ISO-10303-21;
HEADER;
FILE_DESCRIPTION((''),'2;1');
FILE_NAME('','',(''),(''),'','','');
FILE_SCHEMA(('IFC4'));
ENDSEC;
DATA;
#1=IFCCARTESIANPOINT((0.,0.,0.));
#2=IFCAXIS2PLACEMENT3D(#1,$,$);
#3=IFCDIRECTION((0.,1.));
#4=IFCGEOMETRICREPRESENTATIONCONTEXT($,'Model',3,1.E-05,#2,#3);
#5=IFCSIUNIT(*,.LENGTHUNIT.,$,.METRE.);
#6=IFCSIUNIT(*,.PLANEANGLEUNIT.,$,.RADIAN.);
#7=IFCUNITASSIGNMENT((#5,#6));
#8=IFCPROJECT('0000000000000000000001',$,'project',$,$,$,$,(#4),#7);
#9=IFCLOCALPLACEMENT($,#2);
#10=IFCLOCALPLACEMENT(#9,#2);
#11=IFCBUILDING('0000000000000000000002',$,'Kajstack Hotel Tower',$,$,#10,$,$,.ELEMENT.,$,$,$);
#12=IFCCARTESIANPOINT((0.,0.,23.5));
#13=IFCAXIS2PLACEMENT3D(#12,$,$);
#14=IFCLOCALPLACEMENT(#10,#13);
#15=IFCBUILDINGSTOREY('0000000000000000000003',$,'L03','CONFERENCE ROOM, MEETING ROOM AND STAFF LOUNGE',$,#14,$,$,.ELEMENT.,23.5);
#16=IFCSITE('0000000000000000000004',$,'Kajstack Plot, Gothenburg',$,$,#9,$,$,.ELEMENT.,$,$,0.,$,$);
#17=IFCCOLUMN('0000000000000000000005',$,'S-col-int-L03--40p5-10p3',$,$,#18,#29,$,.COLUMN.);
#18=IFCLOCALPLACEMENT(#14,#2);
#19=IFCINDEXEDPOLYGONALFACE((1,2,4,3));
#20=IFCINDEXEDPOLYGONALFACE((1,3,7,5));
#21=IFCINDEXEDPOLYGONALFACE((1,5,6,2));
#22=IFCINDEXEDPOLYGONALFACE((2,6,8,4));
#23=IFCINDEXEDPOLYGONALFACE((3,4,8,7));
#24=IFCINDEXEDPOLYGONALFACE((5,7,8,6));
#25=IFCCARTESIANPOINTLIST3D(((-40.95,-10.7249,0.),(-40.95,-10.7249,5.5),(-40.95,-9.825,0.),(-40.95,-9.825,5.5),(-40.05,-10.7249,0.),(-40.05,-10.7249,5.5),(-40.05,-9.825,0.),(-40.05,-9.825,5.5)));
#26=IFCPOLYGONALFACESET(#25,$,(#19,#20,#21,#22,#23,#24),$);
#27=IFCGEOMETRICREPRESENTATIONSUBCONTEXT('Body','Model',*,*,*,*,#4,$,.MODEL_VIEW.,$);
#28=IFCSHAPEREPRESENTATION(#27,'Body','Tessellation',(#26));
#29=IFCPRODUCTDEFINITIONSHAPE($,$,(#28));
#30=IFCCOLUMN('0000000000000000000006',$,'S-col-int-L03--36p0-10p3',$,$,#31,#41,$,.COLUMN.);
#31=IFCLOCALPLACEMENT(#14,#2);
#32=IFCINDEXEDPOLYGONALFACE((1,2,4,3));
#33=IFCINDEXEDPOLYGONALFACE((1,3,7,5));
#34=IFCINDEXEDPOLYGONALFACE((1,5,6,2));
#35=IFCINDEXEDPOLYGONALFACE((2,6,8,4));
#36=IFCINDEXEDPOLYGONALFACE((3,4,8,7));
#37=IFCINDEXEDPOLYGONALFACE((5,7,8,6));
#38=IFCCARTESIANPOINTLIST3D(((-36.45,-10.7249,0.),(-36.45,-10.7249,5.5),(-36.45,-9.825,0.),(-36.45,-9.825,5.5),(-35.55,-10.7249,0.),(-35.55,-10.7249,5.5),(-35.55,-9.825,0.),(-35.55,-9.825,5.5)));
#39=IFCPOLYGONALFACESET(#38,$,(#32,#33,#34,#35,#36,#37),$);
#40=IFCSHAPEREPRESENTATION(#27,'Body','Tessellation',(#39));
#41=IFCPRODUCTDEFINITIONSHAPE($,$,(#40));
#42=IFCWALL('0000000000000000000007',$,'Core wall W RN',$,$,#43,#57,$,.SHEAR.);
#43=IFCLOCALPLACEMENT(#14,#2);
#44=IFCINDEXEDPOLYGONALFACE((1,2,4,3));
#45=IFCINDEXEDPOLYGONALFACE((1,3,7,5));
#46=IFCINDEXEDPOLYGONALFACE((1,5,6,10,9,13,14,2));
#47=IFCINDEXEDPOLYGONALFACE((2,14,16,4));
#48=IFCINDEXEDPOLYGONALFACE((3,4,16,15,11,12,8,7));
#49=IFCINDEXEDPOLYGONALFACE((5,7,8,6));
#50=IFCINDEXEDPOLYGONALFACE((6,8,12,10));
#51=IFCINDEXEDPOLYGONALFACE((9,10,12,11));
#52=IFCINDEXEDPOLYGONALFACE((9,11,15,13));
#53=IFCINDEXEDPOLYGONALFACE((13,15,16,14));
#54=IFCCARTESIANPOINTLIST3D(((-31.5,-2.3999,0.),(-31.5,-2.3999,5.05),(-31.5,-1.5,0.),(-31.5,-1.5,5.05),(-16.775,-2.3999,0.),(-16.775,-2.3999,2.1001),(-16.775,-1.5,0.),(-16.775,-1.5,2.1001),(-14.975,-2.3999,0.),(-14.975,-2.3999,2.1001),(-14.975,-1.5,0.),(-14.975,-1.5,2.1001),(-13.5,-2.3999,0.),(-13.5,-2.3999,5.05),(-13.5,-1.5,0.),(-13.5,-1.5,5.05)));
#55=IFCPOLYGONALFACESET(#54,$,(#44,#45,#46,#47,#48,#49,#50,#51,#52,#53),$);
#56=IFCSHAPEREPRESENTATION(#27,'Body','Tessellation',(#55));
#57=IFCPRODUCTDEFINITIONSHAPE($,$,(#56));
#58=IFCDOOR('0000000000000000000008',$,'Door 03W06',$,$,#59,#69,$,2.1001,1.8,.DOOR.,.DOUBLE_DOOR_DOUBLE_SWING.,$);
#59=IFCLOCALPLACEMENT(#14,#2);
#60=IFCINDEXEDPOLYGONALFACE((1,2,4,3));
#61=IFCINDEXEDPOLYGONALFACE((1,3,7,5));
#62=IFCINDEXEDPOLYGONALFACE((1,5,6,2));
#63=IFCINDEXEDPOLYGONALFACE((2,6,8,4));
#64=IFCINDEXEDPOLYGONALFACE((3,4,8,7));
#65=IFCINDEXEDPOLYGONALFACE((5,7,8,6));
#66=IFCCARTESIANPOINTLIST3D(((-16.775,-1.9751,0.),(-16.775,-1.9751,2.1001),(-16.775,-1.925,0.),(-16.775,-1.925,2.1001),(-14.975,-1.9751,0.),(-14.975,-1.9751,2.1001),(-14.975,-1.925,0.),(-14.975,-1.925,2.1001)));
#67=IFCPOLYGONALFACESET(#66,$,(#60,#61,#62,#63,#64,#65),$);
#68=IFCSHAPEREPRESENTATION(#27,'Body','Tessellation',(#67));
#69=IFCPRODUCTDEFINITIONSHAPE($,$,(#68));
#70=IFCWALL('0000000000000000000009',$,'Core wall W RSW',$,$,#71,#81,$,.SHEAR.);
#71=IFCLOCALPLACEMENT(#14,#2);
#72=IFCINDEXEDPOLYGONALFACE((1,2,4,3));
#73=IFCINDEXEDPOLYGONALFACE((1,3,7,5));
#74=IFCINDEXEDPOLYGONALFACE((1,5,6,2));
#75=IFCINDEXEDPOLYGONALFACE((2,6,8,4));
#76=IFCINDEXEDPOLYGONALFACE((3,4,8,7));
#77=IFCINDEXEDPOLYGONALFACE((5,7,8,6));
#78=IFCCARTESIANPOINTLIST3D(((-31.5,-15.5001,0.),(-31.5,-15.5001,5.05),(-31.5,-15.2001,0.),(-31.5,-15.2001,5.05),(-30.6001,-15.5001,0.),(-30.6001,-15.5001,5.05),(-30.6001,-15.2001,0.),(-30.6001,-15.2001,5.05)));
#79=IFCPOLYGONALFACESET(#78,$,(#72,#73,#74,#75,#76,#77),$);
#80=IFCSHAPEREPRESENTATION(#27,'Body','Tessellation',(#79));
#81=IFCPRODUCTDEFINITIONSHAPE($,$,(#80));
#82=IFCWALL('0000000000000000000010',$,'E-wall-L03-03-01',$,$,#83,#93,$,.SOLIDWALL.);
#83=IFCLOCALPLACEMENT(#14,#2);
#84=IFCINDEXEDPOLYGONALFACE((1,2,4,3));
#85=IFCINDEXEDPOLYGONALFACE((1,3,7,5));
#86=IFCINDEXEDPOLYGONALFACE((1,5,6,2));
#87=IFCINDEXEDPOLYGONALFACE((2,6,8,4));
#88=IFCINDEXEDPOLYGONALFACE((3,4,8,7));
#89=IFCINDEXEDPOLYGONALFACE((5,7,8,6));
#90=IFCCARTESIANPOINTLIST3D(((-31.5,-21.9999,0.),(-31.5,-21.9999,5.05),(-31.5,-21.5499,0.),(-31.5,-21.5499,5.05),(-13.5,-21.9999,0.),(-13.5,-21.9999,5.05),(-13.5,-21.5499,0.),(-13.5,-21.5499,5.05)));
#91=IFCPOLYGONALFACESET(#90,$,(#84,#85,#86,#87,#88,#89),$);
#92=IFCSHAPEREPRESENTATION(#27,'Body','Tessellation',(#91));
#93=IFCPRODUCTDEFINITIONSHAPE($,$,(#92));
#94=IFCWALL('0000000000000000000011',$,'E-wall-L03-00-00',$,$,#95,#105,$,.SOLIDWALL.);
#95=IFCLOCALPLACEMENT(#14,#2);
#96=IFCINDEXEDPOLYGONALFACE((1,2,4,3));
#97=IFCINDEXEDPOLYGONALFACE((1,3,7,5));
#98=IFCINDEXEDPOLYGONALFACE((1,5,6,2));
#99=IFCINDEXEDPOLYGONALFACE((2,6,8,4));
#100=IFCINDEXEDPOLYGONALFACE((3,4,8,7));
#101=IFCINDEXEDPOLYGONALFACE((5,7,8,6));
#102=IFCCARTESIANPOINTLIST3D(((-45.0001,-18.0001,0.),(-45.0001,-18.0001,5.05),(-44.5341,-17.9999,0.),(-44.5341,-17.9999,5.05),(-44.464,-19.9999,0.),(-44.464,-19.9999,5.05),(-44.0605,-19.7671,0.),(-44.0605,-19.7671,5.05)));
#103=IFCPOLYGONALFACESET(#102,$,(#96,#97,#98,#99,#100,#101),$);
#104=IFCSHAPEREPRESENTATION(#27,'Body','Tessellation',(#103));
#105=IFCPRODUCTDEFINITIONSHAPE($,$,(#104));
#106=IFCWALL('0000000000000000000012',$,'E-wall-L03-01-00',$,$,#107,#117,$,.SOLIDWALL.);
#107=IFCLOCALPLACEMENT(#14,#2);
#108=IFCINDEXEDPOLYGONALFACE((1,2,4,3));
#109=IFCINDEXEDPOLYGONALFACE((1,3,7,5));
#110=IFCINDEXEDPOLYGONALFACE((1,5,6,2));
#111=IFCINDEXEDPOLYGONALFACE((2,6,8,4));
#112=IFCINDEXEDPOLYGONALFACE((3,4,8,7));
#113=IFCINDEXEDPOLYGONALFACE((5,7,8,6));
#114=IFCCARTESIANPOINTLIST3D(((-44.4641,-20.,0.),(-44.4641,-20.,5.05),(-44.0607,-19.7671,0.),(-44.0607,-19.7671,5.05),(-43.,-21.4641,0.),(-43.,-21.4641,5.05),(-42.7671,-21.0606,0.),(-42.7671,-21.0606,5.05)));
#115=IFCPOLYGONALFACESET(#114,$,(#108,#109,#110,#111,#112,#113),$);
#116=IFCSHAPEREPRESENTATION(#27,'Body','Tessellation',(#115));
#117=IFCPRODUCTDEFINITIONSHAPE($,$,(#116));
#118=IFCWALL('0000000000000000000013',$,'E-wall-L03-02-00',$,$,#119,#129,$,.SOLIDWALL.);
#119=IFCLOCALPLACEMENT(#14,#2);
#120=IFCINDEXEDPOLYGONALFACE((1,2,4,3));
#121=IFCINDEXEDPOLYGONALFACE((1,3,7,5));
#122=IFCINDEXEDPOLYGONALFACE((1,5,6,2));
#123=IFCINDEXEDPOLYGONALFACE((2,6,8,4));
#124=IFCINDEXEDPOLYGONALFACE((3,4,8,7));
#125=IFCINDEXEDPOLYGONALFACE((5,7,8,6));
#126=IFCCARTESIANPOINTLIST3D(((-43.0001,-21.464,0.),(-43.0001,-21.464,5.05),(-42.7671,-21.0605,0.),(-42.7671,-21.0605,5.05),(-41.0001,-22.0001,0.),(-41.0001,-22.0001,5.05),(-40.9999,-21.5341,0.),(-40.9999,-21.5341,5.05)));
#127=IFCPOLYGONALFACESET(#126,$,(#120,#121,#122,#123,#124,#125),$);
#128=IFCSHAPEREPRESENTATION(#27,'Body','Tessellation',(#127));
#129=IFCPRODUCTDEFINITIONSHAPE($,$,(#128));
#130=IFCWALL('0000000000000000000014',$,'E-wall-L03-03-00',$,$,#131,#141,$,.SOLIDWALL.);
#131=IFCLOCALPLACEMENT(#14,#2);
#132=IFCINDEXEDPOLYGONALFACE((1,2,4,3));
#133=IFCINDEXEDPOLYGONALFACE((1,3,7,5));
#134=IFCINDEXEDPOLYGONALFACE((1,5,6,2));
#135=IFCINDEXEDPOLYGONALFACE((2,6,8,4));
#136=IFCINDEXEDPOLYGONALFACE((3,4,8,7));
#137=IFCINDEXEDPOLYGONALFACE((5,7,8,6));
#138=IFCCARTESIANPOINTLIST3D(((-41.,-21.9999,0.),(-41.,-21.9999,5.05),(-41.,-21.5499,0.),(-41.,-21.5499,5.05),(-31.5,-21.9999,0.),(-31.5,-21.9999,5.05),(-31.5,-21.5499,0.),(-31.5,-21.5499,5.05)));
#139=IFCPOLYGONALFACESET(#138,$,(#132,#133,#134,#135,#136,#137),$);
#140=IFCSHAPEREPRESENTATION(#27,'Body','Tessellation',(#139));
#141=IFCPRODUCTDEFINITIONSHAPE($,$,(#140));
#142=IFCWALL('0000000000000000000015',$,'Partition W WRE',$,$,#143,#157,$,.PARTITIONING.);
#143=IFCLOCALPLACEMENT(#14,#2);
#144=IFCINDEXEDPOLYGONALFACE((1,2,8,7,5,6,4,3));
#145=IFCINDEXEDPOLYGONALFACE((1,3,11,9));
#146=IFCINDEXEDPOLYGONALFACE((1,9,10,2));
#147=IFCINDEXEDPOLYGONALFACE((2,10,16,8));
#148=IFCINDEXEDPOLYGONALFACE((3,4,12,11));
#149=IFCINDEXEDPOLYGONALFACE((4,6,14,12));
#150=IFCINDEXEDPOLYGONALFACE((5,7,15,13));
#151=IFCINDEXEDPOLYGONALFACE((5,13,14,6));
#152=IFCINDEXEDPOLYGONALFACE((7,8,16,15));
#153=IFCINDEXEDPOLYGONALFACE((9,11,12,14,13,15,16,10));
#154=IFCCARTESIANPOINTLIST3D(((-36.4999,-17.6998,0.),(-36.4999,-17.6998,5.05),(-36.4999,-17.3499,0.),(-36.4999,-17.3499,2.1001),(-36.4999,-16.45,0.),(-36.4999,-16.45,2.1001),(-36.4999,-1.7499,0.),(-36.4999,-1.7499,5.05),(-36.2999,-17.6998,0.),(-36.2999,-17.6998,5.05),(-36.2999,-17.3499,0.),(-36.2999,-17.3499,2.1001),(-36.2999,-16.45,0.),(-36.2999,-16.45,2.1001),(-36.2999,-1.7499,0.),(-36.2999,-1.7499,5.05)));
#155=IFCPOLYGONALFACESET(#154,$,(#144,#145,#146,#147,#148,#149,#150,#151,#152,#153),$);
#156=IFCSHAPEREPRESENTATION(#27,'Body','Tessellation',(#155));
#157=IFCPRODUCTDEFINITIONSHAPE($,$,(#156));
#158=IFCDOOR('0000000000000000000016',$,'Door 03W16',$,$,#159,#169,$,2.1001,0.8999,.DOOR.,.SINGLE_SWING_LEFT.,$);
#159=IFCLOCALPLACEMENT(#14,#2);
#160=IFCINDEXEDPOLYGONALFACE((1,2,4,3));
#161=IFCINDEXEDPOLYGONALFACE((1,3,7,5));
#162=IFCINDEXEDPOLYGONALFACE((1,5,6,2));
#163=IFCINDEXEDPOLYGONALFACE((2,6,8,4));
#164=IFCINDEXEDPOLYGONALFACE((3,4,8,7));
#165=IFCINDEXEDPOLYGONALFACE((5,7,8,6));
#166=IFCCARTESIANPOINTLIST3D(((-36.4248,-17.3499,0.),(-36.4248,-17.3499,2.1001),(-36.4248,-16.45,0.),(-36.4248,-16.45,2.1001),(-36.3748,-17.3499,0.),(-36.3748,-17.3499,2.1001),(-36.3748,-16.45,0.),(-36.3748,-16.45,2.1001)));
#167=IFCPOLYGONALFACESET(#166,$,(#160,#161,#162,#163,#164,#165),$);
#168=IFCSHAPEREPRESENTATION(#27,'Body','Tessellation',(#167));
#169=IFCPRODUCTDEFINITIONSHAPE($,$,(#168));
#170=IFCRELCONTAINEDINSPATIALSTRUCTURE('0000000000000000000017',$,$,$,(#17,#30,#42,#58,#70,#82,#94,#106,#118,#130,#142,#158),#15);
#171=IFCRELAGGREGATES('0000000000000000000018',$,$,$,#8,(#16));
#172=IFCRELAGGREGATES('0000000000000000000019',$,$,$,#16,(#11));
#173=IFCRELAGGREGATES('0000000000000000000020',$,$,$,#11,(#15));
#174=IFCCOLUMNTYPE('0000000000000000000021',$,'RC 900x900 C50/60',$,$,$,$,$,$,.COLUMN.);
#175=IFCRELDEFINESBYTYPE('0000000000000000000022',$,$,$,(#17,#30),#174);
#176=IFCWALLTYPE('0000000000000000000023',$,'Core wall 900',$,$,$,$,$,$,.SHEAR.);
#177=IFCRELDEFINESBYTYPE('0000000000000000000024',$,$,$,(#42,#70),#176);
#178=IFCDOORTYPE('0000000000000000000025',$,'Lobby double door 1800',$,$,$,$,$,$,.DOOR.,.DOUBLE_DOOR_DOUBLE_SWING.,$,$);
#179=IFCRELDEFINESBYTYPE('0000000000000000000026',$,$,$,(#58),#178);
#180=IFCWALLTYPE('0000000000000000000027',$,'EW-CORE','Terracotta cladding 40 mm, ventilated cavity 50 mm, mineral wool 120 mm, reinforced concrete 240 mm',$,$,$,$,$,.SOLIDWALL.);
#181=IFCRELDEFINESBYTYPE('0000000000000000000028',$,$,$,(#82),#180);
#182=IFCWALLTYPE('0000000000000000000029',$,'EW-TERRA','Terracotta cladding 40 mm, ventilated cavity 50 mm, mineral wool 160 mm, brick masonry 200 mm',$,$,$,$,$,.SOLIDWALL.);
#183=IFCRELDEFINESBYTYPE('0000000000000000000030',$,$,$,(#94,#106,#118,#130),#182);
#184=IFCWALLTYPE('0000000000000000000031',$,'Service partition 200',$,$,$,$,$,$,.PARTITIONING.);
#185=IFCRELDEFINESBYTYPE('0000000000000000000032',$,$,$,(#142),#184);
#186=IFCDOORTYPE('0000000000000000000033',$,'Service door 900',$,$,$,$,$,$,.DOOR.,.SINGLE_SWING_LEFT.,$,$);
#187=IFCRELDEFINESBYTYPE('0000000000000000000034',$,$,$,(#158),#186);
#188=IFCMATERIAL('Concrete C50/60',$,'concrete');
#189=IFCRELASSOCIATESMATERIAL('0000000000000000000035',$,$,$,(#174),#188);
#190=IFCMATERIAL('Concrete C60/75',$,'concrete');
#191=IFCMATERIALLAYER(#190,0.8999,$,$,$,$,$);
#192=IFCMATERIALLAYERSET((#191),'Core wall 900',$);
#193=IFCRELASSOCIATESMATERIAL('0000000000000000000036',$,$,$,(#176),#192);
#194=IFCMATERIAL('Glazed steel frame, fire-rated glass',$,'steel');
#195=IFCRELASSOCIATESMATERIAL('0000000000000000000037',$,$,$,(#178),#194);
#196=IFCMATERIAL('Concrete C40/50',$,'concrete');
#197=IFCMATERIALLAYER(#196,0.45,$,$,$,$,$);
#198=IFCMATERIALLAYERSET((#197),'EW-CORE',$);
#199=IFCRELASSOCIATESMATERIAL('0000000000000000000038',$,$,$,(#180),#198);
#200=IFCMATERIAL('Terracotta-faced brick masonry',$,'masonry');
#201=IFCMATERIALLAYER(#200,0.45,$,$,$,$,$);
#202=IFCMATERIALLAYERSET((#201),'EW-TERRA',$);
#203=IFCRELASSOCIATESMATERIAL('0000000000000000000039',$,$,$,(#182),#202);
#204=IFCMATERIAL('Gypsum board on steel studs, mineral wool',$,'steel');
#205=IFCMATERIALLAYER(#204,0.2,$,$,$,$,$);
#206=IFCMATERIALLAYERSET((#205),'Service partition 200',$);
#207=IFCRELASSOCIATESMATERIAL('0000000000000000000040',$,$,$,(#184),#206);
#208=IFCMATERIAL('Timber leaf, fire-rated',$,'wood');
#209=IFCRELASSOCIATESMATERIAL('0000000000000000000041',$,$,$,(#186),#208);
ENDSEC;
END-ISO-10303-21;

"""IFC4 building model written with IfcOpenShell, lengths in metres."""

from ifc_helpers import new_model, si_unit, direction, frame, frame_2d, origin, origin_2d, place, context, subcontext, project, spatial, polyline, rectangle, outline, extrude, material, layer, layer_set, material_profile, profile_set, type_object, element, fill, save


model = new_model("IFC4")

# Units and contexts
model_context = context("Model", 3, precision=1e-05, world=origin(), true_north=direction((0.0, 1.0)))
body_context = subcontext(model_context, "Body", "Model", "MODEL_VIEW")
ifc_project = project(units=[si_unit("LENGTHUNIT", "METRE"), si_unit("PLANEANGLEUNIT", "RADIAN")], contexts=[model_context])

# Site, building, storey
site_placement = place(None, origin())
site = spatial("IfcSite", under=ifc_project, at=site_placement, Name="Kajstack Plot, Gothenburg", CompositionType="ELEMENT", RefElevation=0.0)
building_placement = place(site_placement, origin())
building = spatial("IfcBuilding", under=site, at=building_placement, Name="Kajstack Hotel Tower", CompositionType="ELEMENT")
storey_placement = place(building_placement, frame((0.0, 0.0, 23.5)))
storey = spatial("IfcBuildingStorey", under=building, at=storey_placement, Name="L03", Description="CONFERENCE ROOM, MEETING ROOM AND STAFF LOUNGE", CompositionType="ELEMENT", Elevation=23.5)

# Columns
ifc_material_1 = material(Name="Concrete C50/60", Category="concrete")
ifc_material_profile = material_profile(ifc_material_1, rectangle(XDim=0.8999, YDim=0.8999, at=origin_2d()), Name="RC 900x900")
ifc_profile_set = profile_set([ifc_material_profile], Name="Concrete C50/60")
column_type = type_object("IfcColumnType", Name="RC 900x900 C50/60", PredefinedType="COLUMN", material=ifc_profile_set)
for number, where, z_axis, x_axis, name in (
    (1, (-40.5, -10.2749, 0.0), (0.0, 0.0, 1.0), (1.0, 0.0, 0.0), "S-col-int-L03--40p5-10p3"),
    (2, (-36.0, -10.2749, 0.0), (0.0, 0.0, 1.0), (1.0, 0.0, 0.0), "S-col-int-L03--36p0-10p3"),
):
    element("IfcColumn", number, at=place(storey_placement, frame(where, z_axis=z_axis, x_axis=x_axis)), inside=storey, type_object=column_type, Name=name, PredefinedType="COLUMN", context=body_context, shape_type="SweptSolid", body=[
        extrude(rectangle(XDim=0.8999, YDim=0.8999, at=origin_2d()), origin(), (0.0, 0.0, 1.0), 5.5),
    ])

# Wall, opening, door
ifc_material_2 = material(Name="Concrete C60/75", Category="concrete")
ifc_layer_1 = layer(ifc_material_2, 0.8999)
ifc_layer_set_1 = layer_set([ifc_layer_1], Name="Core wall 900")
wall_type_1 = type_object("IfcWallType", Name="Core wall 900", PredefinedType="SHEAR", material=ifc_layer_set_1)
wall_1_placement = place(storey_placement, frame((-31.5, -1.95, 0.0), z_axis=(0.0, 0.0, 1.0), x_axis=(1.0, 0.0, 0.0)))
wall_1 = element("IfcWall", 3, at=wall_1_placement, inside=storey, type_object=wall_type_1, Name="Core wall W RN", PredefinedType="SHEAR", context=body_context, shape_type="SweptSolid", body=[
    extrude(rectangle(XDim=18.0, YDim=0.8999, at=frame_2d((9.0, 0.0))), origin(), (0.0, 0.0, 1.0), 5.05),
])
opening_1_placement = place(wall_1_placement, frame((14.7251, 0.0, 0.0)))
opening_1 = element("IfcOpeningElement", 4, at=opening_1_placement, cuts=wall_1, PredefinedType="OPENING", context=body_context, shape_type="SweptSolid", body=[
    extrude(rectangle(XDim=1.8, YDim=2.1001, at=frame_2d((0.8999, 1.05))), frame((0.0, 0.46, 0.0), z_axis=(0.0, -1.0, 0.0), x_axis=(1.0, 0.0, 0.0)), (0.0, 0.0, 1.0), 0.9199),
])
ifc_material_3 = material(Name="Glazed steel frame, fire-rated glass", Category="steel")
door_type_1 = type_object("IfcDoorType", Name="Lobby double door 1800", OperationType="DOUBLE_DOOR_DOUBLE_SWING", PredefinedType="DOOR", material=ifc_material_3)
door_1_placement = place(opening_1_placement, origin())
door_1 = element("IfcDoor", 5, at=door_1_placement, inside=storey, type_object=door_type_1, Name="Door 03W06", OperationType="DOUBLE_DOOR_DOUBLE_SWING", OverallHeight=2.1001, OverallWidth=1.8, PredefinedType="DOOR", context=body_context, shape_type="SweptSolid", body=[
    extrude(rectangle(XDim=1.8, YDim=2.1001, at=frame_2d((0.8999, 1.05))), frame((0.0, 0.0249, 0.0), z_axis=(0.0, -1.0, 0.0), x_axis=(1.0, 0.0, 0.0)), (0.0, 0.0, 1.0), 0.05),
])
fill(opening_1, door_1)

# Walls
wall_2_placement = place(storey_placement, frame((-31.5, -15.3501, 0.0), z_axis=(0.0, 0.0, 1.0), x_axis=(1.0, 0.0, 0.0)))
element("IfcWall", 6, at=wall_2_placement, inside=storey, type_object=wall_type_1, Name="Core wall W RSW", PredefinedType="SHEAR", context=body_context, shape_type="SweptSolid", body=[
    extrude(rectangle(XDim=0.8999, YDim=0.3, at=frame_2d((0.45, 0.0))), origin(), (0.0, 0.0, 1.0), 5.05),
])
ifc_material_4 = material(Name="Concrete C40/50", Category="concrete")
ifc_layer_2 = layer(ifc_material_4, 0.45)
ifc_layer_set_2 = layer_set([ifc_layer_2], Name="EW-CORE")
wall_type_2 = type_object("IfcWallType", Name="EW-CORE", Description="Terracotta cladding 40 mm, ventilated cavity 50 mm, mineral wool 120 mm, reinforced concrete 240 mm", PredefinedType="SOLIDWALL", material=ifc_layer_set_2)
wall_3_placement = place(storey_placement, frame((-31.5, -21.7749, 0.0), z_axis=(0.0, 0.0, 1.0), x_axis=(1.0, 0.0, 0.0)))
element("IfcWall", 7, at=wall_3_placement, inside=storey, type_object=wall_type_2, Name="E-wall-L03-03-01", PredefinedType="SOLIDWALL", context=body_context, shape_type="SweptSolid", body=[
    extrude(rectangle(XDim=18.0, YDim=0.45, at=frame_2d((9.0, 0.0))), origin(), (0.0, 0.0, 1.0), 5.05),
])
ifc_material_5 = material(Name="Terracotta-faced brick masonry", Category="masonry")
ifc_layer_3 = layer(ifc_material_5, 0.45)
ifc_layer_set_3 = layer_set([ifc_layer_3], Name="EW-TERRA")
wall_type_3 = type_object("IfcWallType", Name="EW-TERRA", Description="Terracotta cladding 40 mm, ventilated cavity 50 mm, mineral wool 160 mm, brick masonry 200 mm", PredefinedType="SOLIDWALL", material=ifc_layer_set_3)
wall_4_placement = place(storey_placement, frame((-44.7827, -17.9417, 0.0), z_axis=(0.0, 0.0, 1.0), x_axis=(0.258815, -0.965927, 0.0)))
element("IfcWall", 8, at=wall_4_placement, inside=storey, type_object=wall_type_3, Name="E-wall-L03-00-00", PredefinedType="SOLIDWALL", context=body_context, shape_type="SweptSolid", body=[
    extrude(outline(polyline([(0.0002, -0.2251), (2.0706, -0.2249), (1.9502, 0.2251), (0.1206, 0.2251), (0.0002, -0.2251)])), origin(), (0.0, 0.0, 1.0), 5.05),
])
wall_5_placement = place(storey_placement, frame((-44.3049, -19.8408, 0.0), z_axis=(0.0, 0.0, 1.0), x_axis=(0.707107, -0.707107, 0.0)))
element("IfcWall", 9, at=wall_5_placement, inside=storey, type_object=wall_type_3, Name="E-wall-L03-01-00", PredefinedType="SOLIDWALL", context=body_context, shape_type="SweptSolid", body=[
    extrude(outline(polyline([(0.0, -0.2251), (2.0706, -0.2251), (1.95, 0.2249), (0.1206, 0.2249), (0.0, -0.2251)])), origin(), (0.0, 0.0, 1.0), 5.05),
])
wall_6_placement = place(storey_placement, frame((-42.9417, -21.2468, 0.0), z_axis=(0.0, 0.0, 1.0), x_axis=(0.965927, -0.258815, 0.0)))
element("IfcWall", 10, at=wall_6_placement, inside=storey, type_object=wall_type_3, Name="E-wall-L03-02-00", PredefinedType="SOLIDWALL", context=body_context, shape_type="SweptSolid", body=[
    extrude(outline(polyline([(-0.0002, -0.2249), (2.0703, -0.2251), (1.95, 0.2251), (0.1204, 0.2251), (-0.0002, -0.2249)])), origin(), (0.0, 0.0, 1.0), 5.05),
])
wall_7_placement = place(storey_placement, frame((-41.0, -21.7749, 0.0), z_axis=(0.0, 0.0, 1.0), x_axis=(1.0, 0.0, 0.0)))
element("IfcWall", 11, at=wall_7_placement, inside=storey, type_object=wall_type_3, Name="E-wall-L03-03-00", PredefinedType="SOLIDWALL", context=body_context, shape_type="SweptSolid", body=[
    extrude(rectangle(XDim=9.5, YDim=0.45, at=frame_2d((4.75, 0.0))), origin(), (0.0, 0.0, 1.0), 5.05),
])

# Wall, opening, door
ifc_material_6 = material(Name="Gypsum board on steel studs, mineral wool", Category="steel")
ifc_layer_4 = layer(ifc_material_6, 0.2)
ifc_layer_set_4 = layer_set([ifc_layer_4], Name="Service partition 200")
wall_type_4 = type_object("IfcWallType", Name="Service partition 200", PredefinedType="PARTITIONING", material=ifc_layer_set_4)
wall_8_placement = place(storey_placement, frame((-36.3999, -17.7, 0.0), z_axis=(0.0, 0.0, 1.0), x_axis=(0.0, 1.0, 0.0)))
wall_8 = element("IfcWall", 12, at=wall_8_placement, inside=storey, type_object=wall_type_4, Name="Partition W WRE", PredefinedType="PARTITIONING", context=body_context, shape_type="SweptSolid", body=[
    extrude(rectangle(XDim=15.95, YDim=0.2, at=frame_2d((7.9751, 0.0))), origin(), (0.0, 0.0, 1.0), 5.05),
])
opening_2_placement = place(wall_8_placement, frame((0.3501, 0.0, 0.0)))
opening_2 = element("IfcOpeningElement", 13, at=opening_2_placement, cuts=wall_8, PredefinedType="OPENING", context=body_context, shape_type="SweptSolid", body=[
    extrude(rectangle(XDim=0.8999, YDim=2.1001, at=frame_2d((0.45, 1.05))), frame((0.0, 0.1099, 0.0), z_axis=(0.0, -1.0, 0.0), x_axis=(1.0, 0.0, 0.0)), (0.0, 0.0, 1.0), 0.22),
])
ifc_material_7 = material(Name="Timber leaf, fire-rated", Category="wood")
door_type_2 = type_object("IfcDoorType", Name="Service door 900", OperationType="SINGLE_SWING_LEFT", PredefinedType="DOOR", material=ifc_material_7)
door_2_placement = place(opening_2_placement, origin())
door_2 = element("IfcDoor", 14, at=door_2_placement, inside=storey, type_object=door_type_2, Name="Door 03W16", OperationType="SINGLE_SWING_LEFT", OverallHeight=2.1001, OverallWidth=0.8999, PredefinedType="DOOR", context=body_context, shape_type="SweptSolid", body=[
    extrude(rectangle(XDim=0.8999, YDim=2.1001, at=frame_2d((0.45, 1.05))), frame((0.0, 0.0249, 0.0), z_axis=(0.0, -1.0, 0.0), x_axis=(1.0, 0.0, 0.0)), (0.0, 0.0, 1.0), 0.05),
])
fill(opening_2, door_2)

save(model, "model.ifc")
